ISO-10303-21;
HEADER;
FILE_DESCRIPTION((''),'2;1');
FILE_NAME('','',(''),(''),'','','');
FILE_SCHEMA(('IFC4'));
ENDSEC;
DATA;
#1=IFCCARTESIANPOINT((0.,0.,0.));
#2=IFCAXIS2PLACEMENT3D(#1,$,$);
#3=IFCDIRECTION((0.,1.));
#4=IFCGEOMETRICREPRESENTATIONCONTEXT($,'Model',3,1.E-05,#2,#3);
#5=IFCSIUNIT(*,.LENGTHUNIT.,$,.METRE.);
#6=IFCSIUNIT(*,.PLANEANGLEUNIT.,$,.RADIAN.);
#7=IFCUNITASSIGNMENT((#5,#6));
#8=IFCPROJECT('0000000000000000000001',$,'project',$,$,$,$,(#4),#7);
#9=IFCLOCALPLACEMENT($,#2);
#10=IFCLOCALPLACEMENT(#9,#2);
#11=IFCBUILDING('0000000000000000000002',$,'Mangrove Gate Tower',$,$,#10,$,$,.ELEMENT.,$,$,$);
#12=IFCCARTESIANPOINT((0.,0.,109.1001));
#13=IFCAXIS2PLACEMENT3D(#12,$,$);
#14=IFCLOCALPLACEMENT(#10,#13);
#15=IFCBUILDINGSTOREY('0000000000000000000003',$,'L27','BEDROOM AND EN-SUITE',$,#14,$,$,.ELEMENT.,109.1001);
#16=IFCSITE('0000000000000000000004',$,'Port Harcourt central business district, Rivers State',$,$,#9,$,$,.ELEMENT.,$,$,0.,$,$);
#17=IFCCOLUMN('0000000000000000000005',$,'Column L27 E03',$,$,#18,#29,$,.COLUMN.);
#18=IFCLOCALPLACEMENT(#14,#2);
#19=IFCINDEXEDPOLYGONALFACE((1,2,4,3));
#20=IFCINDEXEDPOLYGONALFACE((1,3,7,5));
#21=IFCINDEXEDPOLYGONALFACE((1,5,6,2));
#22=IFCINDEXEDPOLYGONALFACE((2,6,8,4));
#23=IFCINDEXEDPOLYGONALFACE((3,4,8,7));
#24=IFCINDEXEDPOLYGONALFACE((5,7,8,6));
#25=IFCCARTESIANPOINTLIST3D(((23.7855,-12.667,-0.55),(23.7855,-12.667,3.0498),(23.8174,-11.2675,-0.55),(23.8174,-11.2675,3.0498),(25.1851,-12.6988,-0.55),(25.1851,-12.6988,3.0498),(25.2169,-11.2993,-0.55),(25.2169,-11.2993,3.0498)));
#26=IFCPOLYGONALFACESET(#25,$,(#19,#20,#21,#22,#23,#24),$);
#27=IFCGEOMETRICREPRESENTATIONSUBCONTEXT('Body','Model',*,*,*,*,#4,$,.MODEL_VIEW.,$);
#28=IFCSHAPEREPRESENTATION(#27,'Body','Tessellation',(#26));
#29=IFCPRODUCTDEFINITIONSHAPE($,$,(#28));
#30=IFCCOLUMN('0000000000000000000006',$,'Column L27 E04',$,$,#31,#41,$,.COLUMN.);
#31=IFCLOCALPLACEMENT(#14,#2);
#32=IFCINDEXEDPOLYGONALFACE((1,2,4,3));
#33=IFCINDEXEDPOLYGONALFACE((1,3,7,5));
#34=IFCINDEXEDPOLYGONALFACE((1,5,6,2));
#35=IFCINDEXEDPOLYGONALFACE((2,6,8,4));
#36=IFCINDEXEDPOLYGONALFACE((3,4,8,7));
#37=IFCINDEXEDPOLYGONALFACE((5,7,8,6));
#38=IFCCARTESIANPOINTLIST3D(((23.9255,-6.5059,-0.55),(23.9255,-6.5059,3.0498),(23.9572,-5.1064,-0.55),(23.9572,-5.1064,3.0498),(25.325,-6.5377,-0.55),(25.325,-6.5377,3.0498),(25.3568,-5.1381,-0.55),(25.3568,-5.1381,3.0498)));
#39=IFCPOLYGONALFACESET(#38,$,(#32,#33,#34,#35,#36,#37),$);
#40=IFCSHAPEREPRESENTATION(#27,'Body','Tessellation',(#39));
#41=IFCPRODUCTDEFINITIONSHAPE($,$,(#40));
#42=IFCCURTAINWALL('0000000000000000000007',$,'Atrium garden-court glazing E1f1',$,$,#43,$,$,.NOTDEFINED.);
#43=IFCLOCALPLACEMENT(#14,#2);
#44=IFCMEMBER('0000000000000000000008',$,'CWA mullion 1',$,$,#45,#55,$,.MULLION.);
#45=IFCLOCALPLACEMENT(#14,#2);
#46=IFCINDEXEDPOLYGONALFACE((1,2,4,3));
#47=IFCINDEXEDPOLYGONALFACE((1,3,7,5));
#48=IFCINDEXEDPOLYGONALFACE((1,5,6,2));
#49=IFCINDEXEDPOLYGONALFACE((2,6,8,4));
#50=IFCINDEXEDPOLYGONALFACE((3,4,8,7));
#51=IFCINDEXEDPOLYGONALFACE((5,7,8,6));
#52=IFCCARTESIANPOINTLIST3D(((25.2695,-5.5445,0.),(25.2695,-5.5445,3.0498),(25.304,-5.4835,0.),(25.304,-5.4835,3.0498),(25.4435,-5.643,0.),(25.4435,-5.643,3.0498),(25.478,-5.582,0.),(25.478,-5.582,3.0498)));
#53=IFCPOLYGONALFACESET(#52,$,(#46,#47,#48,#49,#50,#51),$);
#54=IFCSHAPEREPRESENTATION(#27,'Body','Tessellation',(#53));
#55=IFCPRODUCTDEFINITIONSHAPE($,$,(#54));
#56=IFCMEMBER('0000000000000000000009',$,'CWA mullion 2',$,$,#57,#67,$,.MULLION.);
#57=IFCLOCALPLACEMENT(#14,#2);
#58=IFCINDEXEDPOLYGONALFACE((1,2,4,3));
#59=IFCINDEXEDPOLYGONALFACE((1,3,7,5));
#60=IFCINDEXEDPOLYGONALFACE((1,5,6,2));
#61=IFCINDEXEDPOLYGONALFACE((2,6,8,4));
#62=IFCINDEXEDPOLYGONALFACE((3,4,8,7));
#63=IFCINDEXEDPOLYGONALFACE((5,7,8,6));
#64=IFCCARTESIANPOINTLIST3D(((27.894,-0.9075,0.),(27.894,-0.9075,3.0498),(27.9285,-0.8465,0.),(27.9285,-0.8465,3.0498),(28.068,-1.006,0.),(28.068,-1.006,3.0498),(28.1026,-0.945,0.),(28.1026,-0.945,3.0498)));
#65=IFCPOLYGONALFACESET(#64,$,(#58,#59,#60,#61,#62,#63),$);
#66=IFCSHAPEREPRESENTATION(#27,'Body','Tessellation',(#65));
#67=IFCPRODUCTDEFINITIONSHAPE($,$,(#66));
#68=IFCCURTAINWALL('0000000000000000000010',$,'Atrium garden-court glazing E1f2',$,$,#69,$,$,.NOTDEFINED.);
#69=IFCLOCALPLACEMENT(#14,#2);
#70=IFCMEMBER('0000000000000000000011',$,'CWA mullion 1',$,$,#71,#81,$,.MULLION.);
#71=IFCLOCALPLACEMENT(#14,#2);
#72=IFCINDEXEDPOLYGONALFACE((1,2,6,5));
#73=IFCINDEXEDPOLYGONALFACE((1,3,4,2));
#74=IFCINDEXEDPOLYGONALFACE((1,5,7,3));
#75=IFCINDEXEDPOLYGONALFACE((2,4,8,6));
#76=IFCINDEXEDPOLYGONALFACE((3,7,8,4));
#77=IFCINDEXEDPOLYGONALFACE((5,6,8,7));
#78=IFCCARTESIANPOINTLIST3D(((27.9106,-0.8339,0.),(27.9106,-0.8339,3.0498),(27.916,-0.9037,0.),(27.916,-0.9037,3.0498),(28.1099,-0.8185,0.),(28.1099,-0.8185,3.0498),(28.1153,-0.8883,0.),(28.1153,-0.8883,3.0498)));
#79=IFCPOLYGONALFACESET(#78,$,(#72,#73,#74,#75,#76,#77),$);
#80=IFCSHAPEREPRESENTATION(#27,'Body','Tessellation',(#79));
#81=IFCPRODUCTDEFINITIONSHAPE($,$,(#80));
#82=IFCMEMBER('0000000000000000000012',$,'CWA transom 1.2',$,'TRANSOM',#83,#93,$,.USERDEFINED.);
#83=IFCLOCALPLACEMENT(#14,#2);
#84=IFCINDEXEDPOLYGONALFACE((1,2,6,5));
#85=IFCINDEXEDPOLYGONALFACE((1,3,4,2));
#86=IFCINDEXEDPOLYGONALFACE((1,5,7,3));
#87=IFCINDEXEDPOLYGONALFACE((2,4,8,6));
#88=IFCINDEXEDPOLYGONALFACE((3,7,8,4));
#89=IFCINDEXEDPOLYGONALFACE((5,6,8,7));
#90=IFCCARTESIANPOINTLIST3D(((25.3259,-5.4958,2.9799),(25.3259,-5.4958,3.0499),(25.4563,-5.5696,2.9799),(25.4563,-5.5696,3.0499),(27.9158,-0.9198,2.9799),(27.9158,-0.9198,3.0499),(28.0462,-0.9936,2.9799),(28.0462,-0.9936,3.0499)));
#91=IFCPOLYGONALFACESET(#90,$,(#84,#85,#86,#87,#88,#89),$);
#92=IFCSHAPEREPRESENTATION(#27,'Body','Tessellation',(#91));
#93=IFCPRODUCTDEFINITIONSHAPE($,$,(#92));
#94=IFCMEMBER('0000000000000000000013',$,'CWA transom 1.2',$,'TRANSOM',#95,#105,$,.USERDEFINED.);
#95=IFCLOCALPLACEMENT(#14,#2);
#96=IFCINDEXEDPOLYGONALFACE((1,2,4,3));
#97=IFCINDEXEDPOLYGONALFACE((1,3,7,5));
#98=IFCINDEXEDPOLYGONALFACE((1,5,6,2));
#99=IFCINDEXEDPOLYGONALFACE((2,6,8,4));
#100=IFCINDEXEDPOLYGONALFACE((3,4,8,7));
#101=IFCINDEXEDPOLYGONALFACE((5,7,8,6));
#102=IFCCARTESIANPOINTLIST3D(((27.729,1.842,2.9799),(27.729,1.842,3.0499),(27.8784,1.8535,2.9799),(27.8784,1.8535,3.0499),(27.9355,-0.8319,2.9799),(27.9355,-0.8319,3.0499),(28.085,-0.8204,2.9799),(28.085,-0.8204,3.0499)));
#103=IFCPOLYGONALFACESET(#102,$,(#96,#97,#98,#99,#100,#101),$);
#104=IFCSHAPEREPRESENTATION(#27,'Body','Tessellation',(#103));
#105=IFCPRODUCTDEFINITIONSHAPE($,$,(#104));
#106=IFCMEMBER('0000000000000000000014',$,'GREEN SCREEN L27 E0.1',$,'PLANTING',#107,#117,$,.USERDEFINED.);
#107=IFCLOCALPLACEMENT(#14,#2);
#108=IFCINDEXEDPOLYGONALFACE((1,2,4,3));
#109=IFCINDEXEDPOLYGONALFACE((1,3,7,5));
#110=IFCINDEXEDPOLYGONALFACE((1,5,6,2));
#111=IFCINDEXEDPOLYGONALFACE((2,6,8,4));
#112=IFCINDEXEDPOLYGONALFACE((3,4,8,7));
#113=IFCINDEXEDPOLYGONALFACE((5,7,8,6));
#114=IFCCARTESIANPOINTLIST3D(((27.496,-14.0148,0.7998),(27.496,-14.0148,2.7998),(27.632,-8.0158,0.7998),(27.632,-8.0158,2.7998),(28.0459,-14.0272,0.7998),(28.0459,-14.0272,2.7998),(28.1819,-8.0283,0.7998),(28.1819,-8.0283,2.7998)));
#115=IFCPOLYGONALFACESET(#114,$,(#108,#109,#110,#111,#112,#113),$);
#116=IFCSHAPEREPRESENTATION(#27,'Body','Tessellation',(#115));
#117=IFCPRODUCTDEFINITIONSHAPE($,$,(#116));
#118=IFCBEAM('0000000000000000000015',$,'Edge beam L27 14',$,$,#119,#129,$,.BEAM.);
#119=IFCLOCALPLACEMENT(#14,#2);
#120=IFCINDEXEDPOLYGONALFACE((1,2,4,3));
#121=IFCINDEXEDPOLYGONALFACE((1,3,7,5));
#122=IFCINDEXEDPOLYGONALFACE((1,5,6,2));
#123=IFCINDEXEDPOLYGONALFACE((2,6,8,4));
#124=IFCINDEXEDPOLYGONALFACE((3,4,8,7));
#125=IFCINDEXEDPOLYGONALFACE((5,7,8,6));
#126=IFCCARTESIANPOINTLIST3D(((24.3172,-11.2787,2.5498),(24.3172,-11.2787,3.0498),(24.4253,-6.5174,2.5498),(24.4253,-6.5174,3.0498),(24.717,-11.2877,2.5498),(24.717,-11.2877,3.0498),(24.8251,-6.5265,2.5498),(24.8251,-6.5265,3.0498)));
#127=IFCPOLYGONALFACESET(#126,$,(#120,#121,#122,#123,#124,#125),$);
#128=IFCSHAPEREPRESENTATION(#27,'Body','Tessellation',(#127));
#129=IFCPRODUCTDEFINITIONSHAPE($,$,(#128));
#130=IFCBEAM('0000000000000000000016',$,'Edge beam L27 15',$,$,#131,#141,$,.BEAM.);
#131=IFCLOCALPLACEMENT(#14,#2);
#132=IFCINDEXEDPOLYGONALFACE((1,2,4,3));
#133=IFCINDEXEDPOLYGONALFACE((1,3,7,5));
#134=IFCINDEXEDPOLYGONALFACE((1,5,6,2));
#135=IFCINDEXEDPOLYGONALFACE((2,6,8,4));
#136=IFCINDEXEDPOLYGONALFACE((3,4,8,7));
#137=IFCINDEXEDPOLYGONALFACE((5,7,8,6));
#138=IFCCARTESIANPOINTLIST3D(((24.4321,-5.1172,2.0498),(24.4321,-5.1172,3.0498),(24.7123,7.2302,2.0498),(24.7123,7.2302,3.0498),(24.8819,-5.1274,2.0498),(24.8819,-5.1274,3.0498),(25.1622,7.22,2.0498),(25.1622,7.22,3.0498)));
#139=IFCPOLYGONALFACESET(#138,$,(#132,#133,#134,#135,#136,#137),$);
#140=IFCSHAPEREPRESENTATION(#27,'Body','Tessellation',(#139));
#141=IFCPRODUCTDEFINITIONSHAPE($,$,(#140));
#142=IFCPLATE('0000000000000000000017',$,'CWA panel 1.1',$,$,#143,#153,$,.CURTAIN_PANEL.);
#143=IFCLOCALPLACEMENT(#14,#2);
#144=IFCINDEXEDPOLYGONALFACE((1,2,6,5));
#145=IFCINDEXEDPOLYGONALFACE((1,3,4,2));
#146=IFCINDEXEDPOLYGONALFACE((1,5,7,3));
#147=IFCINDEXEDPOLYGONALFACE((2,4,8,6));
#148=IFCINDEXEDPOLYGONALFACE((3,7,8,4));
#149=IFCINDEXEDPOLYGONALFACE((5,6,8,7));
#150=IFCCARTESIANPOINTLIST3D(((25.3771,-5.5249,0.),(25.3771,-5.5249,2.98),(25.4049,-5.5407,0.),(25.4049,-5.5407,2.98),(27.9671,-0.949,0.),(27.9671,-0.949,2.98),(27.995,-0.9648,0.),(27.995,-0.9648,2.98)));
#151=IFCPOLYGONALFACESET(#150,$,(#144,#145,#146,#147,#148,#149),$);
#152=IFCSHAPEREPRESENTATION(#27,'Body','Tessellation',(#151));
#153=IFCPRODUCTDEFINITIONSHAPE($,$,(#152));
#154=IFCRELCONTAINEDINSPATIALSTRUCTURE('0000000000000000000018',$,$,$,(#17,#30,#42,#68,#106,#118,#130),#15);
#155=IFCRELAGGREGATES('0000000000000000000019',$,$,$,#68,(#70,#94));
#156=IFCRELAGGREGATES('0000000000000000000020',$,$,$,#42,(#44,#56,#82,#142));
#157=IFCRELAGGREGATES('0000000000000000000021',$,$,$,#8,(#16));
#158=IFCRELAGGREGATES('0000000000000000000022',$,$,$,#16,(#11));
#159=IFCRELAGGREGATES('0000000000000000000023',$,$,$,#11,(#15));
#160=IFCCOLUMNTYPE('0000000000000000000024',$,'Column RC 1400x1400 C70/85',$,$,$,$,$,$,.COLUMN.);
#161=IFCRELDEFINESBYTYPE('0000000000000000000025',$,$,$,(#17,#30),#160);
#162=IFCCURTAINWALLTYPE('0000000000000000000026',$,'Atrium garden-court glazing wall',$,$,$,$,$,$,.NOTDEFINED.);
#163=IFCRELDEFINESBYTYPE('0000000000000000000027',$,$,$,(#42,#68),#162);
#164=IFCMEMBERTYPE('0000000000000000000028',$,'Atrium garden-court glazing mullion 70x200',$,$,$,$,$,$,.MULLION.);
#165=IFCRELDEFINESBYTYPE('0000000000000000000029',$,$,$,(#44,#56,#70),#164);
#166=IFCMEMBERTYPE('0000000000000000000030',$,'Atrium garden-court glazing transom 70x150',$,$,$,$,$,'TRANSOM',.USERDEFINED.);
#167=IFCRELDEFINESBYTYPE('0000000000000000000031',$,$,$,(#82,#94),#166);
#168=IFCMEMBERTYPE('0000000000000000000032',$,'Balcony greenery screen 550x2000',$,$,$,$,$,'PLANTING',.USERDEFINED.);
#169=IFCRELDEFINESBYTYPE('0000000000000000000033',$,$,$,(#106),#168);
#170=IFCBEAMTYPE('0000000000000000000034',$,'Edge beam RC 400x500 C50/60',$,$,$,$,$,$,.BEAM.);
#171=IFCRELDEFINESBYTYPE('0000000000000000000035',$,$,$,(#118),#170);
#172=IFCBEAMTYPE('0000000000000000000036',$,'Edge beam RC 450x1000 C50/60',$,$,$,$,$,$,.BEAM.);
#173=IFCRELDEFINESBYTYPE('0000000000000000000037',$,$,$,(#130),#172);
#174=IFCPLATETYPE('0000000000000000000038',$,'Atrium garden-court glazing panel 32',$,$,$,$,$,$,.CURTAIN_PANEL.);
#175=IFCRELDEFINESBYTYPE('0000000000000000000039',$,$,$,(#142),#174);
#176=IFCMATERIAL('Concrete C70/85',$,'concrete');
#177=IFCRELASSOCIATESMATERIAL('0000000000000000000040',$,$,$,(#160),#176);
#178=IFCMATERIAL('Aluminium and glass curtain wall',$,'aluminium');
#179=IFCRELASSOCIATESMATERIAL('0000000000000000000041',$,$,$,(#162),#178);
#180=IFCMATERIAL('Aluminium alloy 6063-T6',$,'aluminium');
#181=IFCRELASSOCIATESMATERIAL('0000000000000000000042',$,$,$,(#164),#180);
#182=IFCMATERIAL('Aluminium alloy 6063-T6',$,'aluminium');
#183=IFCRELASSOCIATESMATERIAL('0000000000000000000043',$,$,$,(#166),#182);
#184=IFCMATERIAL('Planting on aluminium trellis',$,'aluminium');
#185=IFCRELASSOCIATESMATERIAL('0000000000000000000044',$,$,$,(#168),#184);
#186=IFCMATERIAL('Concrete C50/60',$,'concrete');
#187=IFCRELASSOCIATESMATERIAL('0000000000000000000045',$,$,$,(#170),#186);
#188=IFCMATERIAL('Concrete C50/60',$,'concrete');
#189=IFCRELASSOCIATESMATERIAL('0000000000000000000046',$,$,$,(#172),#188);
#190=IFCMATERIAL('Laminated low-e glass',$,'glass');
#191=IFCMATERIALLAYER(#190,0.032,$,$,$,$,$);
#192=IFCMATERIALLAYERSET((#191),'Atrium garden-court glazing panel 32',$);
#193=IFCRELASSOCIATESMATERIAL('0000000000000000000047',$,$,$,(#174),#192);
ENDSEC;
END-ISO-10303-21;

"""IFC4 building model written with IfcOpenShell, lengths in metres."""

from ifc_helpers import new_model, si_unit, direction, frame, origin, origin_2d, place, context, subcontext, project, spatial, rectangle, extrude, material, layer, layer_set, material_profile, profile_set, type_object, element, aggregate, save


model = new_model("IFC4")

# Units and contexts
model_context = context("Model", 3, precision=1e-05, world=origin(), true_north=direction((0.0, 1.0)))
body_context = subcontext(model_context, "Body", "Model", "MODEL_VIEW")
ifc_project = project(units=[si_unit("LENGTHUNIT", "METRE"), si_unit("PLANEANGLEUNIT", "RADIAN")], contexts=[model_context])

# Site, building, storey
site_placement = place(None, origin())
site = spatial("IfcSite", under=ifc_project, at=site_placement, Name="Port Harcourt central business district, Rivers State", CompositionType="ELEMENT", RefElevation=0.0)
building_placement = place(site_placement, origin())
building = spatial("IfcBuilding", under=site, at=building_placement, Name="Mangrove Gate Tower", CompositionType="ELEMENT")
storey_placement = place(building_placement, frame((0.0, 0.0, 109.1001)))
storey = spatial("IfcBuildingStorey", under=building, at=storey_placement, Name="L27", Description="BEDROOM AND EN-SUITE", CompositionType="ELEMENT", Elevation=109.1001)

# Columns
ifc_material_1 = material(Name="Concrete C70/85", Category="concrete")
ifc_material_profile_1 = material_profile(ifc_material_1, rectangle(XDim=1.3999, YDim=1.3999, at=origin_2d()))
ifc_profile_set_1 = profile_set([ifc_material_profile_1], Name="Concrete C70/85")
column_type = type_object("IfcColumnType", Name="Column RC 1400x1400 C70/85", PredefinedType="COLUMN", material=ifc_profile_set_1)
for number, where, z_axis, x_axis, name in (
    (1, (24.5012, -11.9832, -0.55), (0.0, 0.0, 1.0), (0.022718, 0.999742, 0.0), "Column L27 E03"),
    (2, (24.6411, -5.822, -0.55), (0.0, 0.0, 1.0), (0.022699, 0.999742, 0.0), "Column L27 E04"),
):
    element("IfcColumn", number, at=place(storey_placement, frame(where, z_axis=z_axis, x_axis=x_axis)), inside=storey, type_object=column_type, Name=name, PredefinedType="COLUMN", context=body_context, shape_type="SweptSolid", body=[
        extrude(rectangle(XDim=1.3999, YDim=1.3999, at=origin_2d()), origin(), (0.0, 0.0, 1.0), 3.5999),
    ])

# Curtain wall, members
ifc_material_2 = material(Name="Aluminium and glass curtain wall", Category="aluminium")
curtain_wall_type = type_object("IfcCurtainWallType", Name="Atrium garden-court glazing wall", PredefinedType="NOTDEFINED", material=ifc_material_2)
curtain_wall_1_placement = place(storey_placement, origin())
curtain_wall_1 = element("IfcCurtainWall", 3, at=curtain_wall_1_placement, inside=storey, type_object=curtain_wall_type, Name="Atrium garden-court glazing E1f1", PredefinedType="NOTDEFINED")
ifc_material_3 = material(Name="Aluminium alloy 6063-T6", Category="aluminium")
ifc_material_profile_2 = material_profile(ifc_material_3, rectangle(XDim=0.0701, YDim=0.2, at=origin_2d()))
ifc_profile_set_2 = profile_set([ifc_material_profile_2], Name="Aluminium alloy 6063-T6")
member_type_1 = type_object("IfcMemberType", Name="Atrium garden-court glazing mullion 70x200", PredefinedType="MULLION", material=ifc_profile_set_2)
member_1_placement = place(storey_placement, frame((25.3738, -5.5632, 0.0), z_axis=(0.0, 0.0, 1.0), x_axis=(0.492585, 0.870265, 0.0)))
member_1 = element("IfcMember", 4, at=member_1_placement, type_object=member_type_1, Name="CWA mullion 1", PredefinedType="MULLION", context=body_context, shape_type="SweptSolid", body=[
    extrude(rectangle(XDim=0.0701, YDim=0.2, at=origin_2d()), origin(), (0.0, 0.0, 1.0), 3.0498),
])
member_2_placement = place(storey_placement, frame((27.9983, -0.9263, 0.0), z_axis=(0.0, 0.0, 1.0), x_axis=(0.492585, 0.870265, 0.0)))
member_2 = element("IfcMember", 5, at=member_2_placement, type_object=member_type_1, Name="CWA mullion 2", PredefinedType="MULLION", context=body_context, shape_type="SweptSolid", body=[
    extrude(rectangle(XDim=0.0701, YDim=0.2, at=origin_2d()), origin(), (0.0, 0.0, 1.0), 3.0498),
])

# Curtain wall, member
curtain_wall_2_placement = place(storey_placement, origin())
curtain_wall_2 = element("IfcCurtainWall", 6, at=curtain_wall_2_placement, inside=storey, type_object=curtain_wall_type, Name="Atrium garden-court glazing E1f2", PredefinedType="NOTDEFINED")
member_3_placement = place(storey_placement, frame((28.0129, -0.8611, 0.0), z_axis=(0.0, 0.0, 1.0), x_axis=(-0.077023, 0.997029, 0.0)))
member_3 = element("IfcMember", 7, at=member_3_placement, type_object=member_type_1, Name="CWA mullion 1", PredefinedType="MULLION", context=body_context, shape_type="SweptSolid", body=[
    extrude(rectangle(XDim=0.0701, YDim=0.2, at=origin_2d()), origin(), (0.0, 0.0, 1.0), 3.0498),
])

# Members
ifc_material_4 = material(Name="Aluminium alloy 6063-T6", Category="aluminium")
ifc_material_profile_3 = material_profile(ifc_material_4, rectangle(XDim=0.0701, YDim=0.1499, at=origin_2d()))
ifc_profile_set_3 = profile_set([ifc_material_profile_3], Name="Aluminium alloy 6063-T6")
member_type_2 = type_object("IfcMemberType", Name="Atrium garden-court glazing transom 70x150", ElementType="TRANSOM", PredefinedType="USERDEFINED", material=ifc_profile_set_3)
member_4_placement = place(storey_placement, frame((25.3911, -5.5327, 3.0149), z_axis=(0.492554, 0.870282, 0.0), x_axis=(0.0, 0.0, 1.0)))
member_4 = element("IfcMember", 8, at=member_4_placement, type_object=member_type_2, Name="CWA transom 1.2", ObjectType="TRANSOM", PredefinedType="USERDEFINED", context=body_context, shape_type="SweptSolid", body=[
    extrude(rectangle(XDim=0.0701, YDim=0.1499, at=origin_2d()), origin(), (0.0, 0.0, 1.0), 5.2581),
])
member_5_placement = place(storey_placement, frame((28.0103, -0.8262, 3.0149), z_axis=(-0.077017, 0.99703, 0.0), x_axis=(0.0, 0.0, 1.0)))
member_5 = element("IfcMember", 9, at=member_5_placement, type_object=member_type_2, Name="CWA transom 1.2", ObjectType="TRANSOM", PredefinedType="USERDEFINED", context=body_context, shape_type="SweptSolid", body=[
    extrude(rectangle(XDim=0.0701, YDim=0.1499, at=origin_2d()), origin(), (0.0, 0.0, 1.0), 2.6819),
])
aggregate(curtain_wall_2, [member_3, member_5])
ifc_material_5 = material(Name="Planting on aluminium trellis", Category="aluminium")
ifc_material_profile_4 = material_profile(ifc_material_5, rectangle(XDim=0.55, YDim=2.0, at=origin_2d()))
ifc_profile_set_4 = profile_set([ifc_material_profile_4], Name="Planting on aluminium trellis")
member_type_3 = type_object("IfcMemberType", Name="Balcony greenery screen 550x2000", ElementType="PLANTING", PredefinedType="USERDEFINED", material=ifc_profile_set_4)
member_6_placement = place(storey_placement, frame((27.771, -14.021, 1.7998), z_axis=(0.022662, 0.999743, 0.0), x_axis=(-0.999743, 0.022662, 0.0)))
element("IfcMember", 10, at=member_6_placement, inside=storey, type_object=member_type_3, Name="GREEN SCREEN L27 E0.1", ObjectType="PLANTING", PredefinedType="USERDEFINED", context=body_context, shape_type="SweptSolid", body=[
    extrude(rectangle(XDim=0.55, YDim=2.0, at=origin_2d()), origin(), (0.0, 0.0, 1.0), 6.0005),
])

# Beams
ifc_material_6 = material(Name="Concrete C50/60", Category="concrete")
ifc_material_profile_5 = material_profile(ifc_material_6, rectangle(XDim=0.3999, YDim=0.5, at=origin_2d()))
ifc_profile_set_5 = profile_set([ifc_material_profile_5], Name="Concrete C50/60")
beam_type_1 = type_object("IfcBeamType", Name="Edge beam RC 400x500 C50/60", PredefinedType="BEAM", material=ifc_profile_set_5)
beam_1_placement = place(storey_placement, frame((24.5171, -11.2832, 2.7998), z_axis=(0.02271, 0.999742, 0.0), x_axis=(-0.999742, 0.02271, 0.0)))
element("IfcBeam", 11, at=beam_1_placement, inside=storey, type_object=beam_type_1, Name="Edge beam L27 14", PredefinedType="BEAM", context=body_context, shape_type="SweptSolid", body=[
    extrude(rectangle(XDim=0.3999, YDim=0.5, at=origin_2d()), origin(), (0.0, 0.0, 1.0), 4.7625),
])
ifc_material_7 = material(Name="Concrete C50/60", Category="concrete")
ifc_material_profile_6 = material_profile(ifc_material_7, rectangle(XDim=0.45, YDim=1.0, at=origin_2d()))
ifc_profile_set_6 = profile_set([ifc_material_profile_6], Name="Concrete C50/60")
beam_type_2 = type_object("IfcBeamType", Name="Edge beam RC 450x1000 C50/60", PredefinedType="BEAM", material=ifc_profile_set_6)
beam_2_placement = place(storey_placement, frame((24.657, -5.1223, 2.5498), z_axis=(0.022693, 0.999742, 0.0), x_axis=(-0.999742, 0.022693, 0.0)))
element("IfcBeam", 12, at=beam_2_placement, inside=storey, type_object=beam_type_2, Name="Edge beam L27 15", PredefinedType="BEAM", context=body_context, shape_type="SweptSolid", body=[
    extrude(rectangle(XDim=0.45, YDim=1.0, at=origin_2d()), origin(), (0.0, 0.0, 1.0), 12.3506),
])

# Plate
ifc_material_8 = material(Name="Laminated low-e glass", Category="glass")
ifc_layer_1 = layer(ifc_material_8, 0.032)
ifc_layer_set_1 = layer_set([ifc_layer_1], Name="Atrium garden-court glazing panel 32")
plate_type = type_object("IfcPlateType", Name="Atrium garden-court glazing panel 32", PredefinedType="CURTAIN_PANEL", material=ifc_layer_set_1)
plate_placement = place(storey_placement, frame((26.686, -3.2449, 0.0), z_axis=(0.0, 0.0, 1.0), x_axis=(0.492585, 0.870265, 0.0)))
plate = element("IfcPlate", 13, at=plate_placement, type_object=plate_type, Name="CWA panel 1.1", PredefinedType="CURTAIN_PANEL", context=body_context, shape_type="SweptSolid", body=[
    extrude(rectangle(XDim=5.2581, YDim=0.032, at=origin_2d()), origin(), (0.0, 0.0, 1.0), 2.98),
])
aggregate(curtain_wall_1, [member_1, member_2, member_4, plate])

save(model, "model.ifc")
